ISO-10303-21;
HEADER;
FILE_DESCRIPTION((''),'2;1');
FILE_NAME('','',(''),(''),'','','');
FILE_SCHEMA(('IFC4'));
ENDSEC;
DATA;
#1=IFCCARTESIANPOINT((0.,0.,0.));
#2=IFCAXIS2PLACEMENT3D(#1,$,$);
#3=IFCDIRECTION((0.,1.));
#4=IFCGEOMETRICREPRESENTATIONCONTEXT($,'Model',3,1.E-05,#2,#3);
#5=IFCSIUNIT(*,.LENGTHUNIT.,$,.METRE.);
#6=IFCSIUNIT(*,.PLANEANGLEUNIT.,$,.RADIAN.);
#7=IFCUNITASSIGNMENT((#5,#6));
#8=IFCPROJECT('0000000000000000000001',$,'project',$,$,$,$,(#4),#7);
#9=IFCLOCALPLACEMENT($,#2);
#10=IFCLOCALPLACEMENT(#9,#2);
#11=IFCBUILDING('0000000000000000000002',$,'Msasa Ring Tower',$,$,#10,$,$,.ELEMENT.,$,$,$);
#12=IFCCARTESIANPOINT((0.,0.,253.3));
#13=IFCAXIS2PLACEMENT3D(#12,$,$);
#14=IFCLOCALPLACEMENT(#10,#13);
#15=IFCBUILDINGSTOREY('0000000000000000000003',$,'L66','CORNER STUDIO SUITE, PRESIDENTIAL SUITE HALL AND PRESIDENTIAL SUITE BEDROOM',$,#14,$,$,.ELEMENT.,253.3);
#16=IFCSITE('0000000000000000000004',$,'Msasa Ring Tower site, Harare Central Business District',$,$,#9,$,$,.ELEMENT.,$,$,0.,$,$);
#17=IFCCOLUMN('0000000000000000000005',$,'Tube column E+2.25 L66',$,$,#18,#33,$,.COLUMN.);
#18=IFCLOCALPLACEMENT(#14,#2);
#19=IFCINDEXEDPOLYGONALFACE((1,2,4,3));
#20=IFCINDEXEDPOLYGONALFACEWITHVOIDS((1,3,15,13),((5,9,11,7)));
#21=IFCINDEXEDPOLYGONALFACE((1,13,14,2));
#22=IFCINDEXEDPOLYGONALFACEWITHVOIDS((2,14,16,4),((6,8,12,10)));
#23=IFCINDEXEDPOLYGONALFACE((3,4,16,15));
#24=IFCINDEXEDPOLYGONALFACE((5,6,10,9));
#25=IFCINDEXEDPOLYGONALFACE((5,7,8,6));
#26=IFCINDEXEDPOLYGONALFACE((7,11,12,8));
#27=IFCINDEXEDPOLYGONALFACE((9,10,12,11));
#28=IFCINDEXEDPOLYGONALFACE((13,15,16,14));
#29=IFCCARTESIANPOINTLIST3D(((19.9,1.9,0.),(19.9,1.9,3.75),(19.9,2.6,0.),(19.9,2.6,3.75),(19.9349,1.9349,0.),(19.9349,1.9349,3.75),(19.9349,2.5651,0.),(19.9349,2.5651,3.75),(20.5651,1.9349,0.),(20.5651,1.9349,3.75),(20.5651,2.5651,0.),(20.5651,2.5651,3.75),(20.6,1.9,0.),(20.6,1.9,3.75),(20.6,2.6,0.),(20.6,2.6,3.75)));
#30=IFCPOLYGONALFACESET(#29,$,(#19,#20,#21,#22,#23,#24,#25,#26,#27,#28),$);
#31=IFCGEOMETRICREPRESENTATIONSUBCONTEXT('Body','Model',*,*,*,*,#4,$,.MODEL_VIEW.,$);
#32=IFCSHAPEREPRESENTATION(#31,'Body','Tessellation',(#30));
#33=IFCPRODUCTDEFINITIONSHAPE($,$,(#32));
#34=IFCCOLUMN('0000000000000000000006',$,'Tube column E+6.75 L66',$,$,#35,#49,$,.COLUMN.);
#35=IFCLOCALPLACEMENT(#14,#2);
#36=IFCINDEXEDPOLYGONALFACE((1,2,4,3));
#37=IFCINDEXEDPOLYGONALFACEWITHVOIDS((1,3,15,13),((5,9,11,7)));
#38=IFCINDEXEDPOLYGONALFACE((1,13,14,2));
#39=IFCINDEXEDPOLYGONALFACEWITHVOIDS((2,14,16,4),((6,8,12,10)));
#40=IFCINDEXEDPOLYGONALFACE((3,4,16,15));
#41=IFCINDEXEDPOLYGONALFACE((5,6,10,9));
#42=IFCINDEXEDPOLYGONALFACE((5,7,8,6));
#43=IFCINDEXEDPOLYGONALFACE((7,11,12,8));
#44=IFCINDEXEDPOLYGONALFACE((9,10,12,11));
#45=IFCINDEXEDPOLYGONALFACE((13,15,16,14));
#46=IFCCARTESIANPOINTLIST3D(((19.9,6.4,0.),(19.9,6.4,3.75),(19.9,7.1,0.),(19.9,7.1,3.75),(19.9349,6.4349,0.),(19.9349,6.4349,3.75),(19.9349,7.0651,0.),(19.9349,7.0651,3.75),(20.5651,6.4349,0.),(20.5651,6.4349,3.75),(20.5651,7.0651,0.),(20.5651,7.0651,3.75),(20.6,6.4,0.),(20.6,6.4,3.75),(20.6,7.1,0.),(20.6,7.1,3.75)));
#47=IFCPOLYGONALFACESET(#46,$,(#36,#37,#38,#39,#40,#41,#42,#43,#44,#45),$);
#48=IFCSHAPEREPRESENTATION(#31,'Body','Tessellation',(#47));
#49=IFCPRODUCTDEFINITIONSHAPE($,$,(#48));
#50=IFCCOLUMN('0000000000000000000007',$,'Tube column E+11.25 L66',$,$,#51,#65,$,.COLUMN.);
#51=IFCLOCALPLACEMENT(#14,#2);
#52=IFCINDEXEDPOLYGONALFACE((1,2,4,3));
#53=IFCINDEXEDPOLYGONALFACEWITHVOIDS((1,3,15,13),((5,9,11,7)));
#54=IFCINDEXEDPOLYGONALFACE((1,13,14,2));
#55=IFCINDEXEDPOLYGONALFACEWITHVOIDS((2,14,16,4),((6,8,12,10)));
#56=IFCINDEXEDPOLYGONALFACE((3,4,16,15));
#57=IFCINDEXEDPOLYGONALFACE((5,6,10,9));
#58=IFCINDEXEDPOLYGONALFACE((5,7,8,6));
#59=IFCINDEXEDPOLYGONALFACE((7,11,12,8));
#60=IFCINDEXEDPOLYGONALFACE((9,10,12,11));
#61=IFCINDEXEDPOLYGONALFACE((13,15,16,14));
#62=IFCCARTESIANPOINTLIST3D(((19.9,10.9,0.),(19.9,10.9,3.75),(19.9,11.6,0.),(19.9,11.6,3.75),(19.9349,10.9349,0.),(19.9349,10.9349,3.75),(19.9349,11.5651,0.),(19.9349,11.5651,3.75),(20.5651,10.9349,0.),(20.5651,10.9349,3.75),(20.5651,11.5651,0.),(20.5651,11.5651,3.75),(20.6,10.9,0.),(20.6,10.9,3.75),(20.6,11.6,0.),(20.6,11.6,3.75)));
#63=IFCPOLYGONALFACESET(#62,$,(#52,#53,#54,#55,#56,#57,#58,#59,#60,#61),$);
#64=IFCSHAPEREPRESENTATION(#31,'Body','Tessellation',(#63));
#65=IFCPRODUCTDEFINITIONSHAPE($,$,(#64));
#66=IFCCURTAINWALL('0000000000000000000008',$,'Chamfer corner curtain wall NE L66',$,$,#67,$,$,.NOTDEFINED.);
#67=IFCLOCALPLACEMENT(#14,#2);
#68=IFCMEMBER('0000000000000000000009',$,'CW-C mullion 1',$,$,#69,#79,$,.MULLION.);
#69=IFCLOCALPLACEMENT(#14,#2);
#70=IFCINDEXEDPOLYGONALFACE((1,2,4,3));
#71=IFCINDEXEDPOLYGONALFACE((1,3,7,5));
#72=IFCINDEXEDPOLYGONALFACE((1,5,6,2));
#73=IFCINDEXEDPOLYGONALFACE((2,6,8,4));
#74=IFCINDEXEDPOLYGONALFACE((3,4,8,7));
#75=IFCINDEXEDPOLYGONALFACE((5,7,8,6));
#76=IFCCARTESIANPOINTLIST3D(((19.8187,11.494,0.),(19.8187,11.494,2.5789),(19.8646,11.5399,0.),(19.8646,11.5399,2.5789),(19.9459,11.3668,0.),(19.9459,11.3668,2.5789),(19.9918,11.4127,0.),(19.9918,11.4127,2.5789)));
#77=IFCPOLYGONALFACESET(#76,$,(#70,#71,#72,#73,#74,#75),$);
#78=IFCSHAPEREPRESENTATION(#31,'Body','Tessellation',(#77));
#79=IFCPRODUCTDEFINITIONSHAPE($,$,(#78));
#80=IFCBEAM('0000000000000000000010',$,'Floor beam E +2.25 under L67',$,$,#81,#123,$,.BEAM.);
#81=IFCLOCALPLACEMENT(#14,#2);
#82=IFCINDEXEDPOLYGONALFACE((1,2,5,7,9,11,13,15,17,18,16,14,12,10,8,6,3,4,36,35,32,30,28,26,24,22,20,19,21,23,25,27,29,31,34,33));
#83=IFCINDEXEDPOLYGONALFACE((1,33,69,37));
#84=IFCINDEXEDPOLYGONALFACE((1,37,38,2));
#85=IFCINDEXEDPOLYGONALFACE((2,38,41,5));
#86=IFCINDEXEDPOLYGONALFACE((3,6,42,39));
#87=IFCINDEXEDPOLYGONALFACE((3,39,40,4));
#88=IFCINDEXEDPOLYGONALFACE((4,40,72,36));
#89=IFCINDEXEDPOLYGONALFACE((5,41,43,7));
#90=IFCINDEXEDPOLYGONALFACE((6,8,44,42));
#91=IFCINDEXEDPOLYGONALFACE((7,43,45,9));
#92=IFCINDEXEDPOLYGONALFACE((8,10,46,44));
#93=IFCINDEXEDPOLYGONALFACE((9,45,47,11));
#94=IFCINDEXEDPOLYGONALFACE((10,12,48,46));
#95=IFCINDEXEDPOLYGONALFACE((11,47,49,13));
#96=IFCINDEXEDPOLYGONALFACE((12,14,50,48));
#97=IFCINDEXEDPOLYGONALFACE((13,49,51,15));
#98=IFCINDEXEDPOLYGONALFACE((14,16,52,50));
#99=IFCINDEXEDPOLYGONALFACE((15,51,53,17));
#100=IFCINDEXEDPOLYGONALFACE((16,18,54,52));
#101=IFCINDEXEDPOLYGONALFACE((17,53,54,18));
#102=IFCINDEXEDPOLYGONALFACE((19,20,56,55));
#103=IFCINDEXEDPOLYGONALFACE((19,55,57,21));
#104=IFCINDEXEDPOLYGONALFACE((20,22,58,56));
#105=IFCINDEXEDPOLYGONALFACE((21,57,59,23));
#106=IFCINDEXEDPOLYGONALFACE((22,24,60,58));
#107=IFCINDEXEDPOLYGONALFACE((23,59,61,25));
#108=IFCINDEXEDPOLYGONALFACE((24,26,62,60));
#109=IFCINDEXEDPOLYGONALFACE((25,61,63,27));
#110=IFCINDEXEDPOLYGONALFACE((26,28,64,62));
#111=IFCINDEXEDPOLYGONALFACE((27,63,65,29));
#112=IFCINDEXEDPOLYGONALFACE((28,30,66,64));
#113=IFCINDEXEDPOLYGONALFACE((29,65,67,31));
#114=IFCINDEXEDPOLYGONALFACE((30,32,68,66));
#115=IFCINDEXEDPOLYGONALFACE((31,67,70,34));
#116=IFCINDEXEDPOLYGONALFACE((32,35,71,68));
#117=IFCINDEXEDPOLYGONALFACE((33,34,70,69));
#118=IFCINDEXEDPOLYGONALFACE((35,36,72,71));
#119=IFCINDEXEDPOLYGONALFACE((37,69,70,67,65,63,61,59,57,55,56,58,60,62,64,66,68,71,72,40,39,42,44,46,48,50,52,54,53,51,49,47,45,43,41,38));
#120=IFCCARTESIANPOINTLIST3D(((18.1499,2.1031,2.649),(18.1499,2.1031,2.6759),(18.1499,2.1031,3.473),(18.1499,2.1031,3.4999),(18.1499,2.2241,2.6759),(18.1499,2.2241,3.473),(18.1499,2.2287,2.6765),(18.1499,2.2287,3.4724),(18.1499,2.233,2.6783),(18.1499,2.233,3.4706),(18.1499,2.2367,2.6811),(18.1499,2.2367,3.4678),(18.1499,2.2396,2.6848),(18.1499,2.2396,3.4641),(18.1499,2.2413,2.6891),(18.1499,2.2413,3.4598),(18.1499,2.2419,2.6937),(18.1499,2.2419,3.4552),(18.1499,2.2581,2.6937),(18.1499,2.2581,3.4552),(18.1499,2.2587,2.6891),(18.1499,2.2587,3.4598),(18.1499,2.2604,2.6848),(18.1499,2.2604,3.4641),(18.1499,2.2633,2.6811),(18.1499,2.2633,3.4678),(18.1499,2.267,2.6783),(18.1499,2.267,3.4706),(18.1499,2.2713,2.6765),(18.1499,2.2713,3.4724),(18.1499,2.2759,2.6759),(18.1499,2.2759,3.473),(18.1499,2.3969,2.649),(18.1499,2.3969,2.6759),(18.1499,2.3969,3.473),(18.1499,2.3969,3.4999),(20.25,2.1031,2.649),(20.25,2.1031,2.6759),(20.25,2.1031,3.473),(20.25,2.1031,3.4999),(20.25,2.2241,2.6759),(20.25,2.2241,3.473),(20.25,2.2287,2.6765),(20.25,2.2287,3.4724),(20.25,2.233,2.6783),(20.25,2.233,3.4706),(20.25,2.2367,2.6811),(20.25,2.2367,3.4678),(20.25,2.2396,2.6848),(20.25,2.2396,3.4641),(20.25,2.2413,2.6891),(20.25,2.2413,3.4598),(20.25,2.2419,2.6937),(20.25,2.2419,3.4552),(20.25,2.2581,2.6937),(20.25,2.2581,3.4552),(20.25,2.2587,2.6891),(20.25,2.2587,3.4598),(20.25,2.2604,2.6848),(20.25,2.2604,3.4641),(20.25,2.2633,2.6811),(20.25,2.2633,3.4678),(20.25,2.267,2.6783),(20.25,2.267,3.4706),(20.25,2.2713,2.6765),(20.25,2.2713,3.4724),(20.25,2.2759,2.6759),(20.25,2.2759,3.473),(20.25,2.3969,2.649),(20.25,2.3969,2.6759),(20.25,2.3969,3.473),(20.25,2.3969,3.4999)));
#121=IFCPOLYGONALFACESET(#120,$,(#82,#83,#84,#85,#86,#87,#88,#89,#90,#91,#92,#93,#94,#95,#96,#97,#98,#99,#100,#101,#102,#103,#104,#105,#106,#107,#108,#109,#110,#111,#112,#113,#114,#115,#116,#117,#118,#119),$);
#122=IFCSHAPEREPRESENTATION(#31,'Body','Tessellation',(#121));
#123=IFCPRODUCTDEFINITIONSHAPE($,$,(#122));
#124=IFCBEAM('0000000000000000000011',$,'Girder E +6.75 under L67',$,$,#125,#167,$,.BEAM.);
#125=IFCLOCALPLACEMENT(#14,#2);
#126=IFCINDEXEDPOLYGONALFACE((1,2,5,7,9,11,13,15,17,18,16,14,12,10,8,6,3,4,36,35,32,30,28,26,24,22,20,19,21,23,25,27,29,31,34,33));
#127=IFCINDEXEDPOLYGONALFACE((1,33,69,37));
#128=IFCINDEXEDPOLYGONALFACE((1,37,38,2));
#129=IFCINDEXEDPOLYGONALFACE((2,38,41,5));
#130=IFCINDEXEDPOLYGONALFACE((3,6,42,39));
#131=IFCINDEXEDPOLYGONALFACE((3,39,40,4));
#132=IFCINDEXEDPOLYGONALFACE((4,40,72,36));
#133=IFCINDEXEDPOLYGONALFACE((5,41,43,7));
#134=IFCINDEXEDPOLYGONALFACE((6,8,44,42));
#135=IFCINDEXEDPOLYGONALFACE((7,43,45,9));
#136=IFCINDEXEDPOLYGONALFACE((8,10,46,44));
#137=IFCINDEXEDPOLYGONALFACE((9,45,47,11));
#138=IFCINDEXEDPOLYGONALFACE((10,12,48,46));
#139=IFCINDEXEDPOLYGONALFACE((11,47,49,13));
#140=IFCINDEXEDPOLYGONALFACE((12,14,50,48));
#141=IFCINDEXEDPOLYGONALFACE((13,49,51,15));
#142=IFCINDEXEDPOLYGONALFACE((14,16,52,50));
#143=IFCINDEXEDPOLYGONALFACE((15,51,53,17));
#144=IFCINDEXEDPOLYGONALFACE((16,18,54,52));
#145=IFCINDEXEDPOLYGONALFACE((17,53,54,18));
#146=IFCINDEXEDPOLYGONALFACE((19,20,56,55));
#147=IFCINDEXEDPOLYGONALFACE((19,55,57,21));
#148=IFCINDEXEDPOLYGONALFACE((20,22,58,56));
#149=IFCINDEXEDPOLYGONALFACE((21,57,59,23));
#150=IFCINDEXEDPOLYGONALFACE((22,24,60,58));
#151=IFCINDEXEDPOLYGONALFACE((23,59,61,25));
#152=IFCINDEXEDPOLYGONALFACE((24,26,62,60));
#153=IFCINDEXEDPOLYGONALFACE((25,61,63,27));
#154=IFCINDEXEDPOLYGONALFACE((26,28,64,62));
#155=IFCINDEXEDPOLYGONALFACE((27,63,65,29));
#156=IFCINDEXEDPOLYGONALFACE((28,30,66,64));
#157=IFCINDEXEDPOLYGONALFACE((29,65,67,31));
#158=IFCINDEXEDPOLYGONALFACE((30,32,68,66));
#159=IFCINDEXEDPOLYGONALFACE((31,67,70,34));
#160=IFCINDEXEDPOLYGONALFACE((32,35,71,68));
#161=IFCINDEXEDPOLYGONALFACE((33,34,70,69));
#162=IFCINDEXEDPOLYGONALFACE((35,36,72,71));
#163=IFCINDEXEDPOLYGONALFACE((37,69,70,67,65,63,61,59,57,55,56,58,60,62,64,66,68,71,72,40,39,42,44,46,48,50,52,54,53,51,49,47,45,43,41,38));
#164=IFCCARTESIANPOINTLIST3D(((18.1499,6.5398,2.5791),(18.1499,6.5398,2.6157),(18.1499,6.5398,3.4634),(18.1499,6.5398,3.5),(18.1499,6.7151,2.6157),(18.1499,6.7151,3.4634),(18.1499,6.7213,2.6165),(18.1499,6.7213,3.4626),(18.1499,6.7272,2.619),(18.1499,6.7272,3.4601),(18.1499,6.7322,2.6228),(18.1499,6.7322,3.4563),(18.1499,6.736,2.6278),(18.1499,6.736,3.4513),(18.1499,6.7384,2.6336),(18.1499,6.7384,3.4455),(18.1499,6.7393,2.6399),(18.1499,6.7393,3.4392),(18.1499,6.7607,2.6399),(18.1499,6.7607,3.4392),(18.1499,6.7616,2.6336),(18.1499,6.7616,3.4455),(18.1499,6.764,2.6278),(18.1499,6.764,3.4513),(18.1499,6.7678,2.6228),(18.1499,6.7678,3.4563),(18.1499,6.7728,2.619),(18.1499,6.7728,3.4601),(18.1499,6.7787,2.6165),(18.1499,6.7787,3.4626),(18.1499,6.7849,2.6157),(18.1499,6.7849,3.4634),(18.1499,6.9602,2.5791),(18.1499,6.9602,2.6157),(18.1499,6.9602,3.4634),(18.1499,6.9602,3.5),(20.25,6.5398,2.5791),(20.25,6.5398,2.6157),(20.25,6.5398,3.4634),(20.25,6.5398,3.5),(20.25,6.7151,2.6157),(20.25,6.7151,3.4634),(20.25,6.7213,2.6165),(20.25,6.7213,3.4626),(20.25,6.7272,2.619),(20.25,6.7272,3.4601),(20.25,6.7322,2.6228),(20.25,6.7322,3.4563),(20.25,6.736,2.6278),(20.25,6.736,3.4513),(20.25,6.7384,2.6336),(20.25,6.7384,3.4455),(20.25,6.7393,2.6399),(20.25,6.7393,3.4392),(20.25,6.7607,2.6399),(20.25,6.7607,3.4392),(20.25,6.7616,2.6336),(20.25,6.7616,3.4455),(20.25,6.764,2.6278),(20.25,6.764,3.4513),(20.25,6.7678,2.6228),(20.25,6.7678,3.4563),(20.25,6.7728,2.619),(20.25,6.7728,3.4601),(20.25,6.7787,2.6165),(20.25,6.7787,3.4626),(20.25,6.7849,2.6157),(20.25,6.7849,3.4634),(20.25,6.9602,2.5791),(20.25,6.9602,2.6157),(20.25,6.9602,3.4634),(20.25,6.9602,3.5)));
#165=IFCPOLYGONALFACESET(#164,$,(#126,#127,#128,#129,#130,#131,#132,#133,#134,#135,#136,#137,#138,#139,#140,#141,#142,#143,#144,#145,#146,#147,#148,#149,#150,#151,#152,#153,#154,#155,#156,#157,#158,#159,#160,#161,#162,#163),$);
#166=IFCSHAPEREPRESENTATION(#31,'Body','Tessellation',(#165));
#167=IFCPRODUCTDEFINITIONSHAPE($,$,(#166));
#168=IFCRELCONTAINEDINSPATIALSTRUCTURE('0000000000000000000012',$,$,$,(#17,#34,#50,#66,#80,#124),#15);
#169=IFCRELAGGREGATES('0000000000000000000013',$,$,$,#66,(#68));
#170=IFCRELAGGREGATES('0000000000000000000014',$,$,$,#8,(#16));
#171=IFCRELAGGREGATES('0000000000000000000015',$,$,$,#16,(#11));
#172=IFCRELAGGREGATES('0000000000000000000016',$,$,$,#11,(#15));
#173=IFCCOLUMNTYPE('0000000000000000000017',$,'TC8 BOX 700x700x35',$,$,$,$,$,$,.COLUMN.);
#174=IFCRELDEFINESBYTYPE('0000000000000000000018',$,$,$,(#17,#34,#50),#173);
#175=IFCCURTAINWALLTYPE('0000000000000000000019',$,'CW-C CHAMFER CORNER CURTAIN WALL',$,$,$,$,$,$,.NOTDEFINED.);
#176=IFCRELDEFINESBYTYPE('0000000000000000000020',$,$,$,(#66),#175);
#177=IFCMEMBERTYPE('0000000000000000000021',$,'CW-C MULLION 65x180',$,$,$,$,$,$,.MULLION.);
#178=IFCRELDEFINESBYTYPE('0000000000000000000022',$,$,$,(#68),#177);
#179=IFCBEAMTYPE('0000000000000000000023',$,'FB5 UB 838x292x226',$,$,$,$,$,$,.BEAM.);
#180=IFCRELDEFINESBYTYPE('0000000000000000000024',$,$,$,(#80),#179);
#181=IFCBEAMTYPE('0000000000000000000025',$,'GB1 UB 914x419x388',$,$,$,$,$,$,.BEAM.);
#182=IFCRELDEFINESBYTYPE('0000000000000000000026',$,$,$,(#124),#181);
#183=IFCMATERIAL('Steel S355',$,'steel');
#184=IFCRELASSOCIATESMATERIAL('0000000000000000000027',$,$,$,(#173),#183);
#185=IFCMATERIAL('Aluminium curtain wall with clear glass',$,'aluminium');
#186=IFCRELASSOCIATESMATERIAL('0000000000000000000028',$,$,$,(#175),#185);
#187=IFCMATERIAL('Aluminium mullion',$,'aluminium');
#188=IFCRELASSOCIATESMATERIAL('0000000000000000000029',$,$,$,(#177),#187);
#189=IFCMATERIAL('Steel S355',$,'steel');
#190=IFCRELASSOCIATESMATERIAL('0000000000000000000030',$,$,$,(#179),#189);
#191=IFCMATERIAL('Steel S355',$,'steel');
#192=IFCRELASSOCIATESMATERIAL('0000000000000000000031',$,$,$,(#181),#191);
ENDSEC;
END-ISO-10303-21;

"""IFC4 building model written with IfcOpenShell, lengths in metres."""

from ifc_helpers import new_model, si_unit, direction, frame, origin, origin_2d, place, context, subcontext, project, spatial, rectangle, hollow_rectangle, i_section, extrude, material, material_profile, profile_set, type_object, element, aggregate, save


model = new_model("IFC4")

# Units and contexts
model_context = context("Model", 3, precision=1e-05, world=origin(), true_north=direction((0.0, 1.0)))
body_context = subcontext(model_context, "Body", "Model", "MODEL_VIEW")
ifc_project = project(units=[si_unit("LENGTHUNIT", "METRE"), si_unit("PLANEANGLEUNIT", "RADIAN")], contexts=[model_context])

# Site, building, storey
site_placement = place(None, origin())
site = spatial("IfcSite", under=ifc_project, at=site_placement, Name="Msasa Ring Tower site, Harare Central Business District", CompositionType="ELEMENT", RefElevation=0.0)
building_placement = place(site_placement, origin())
building = spatial("IfcBuilding", under=site, at=building_placement, Name="Msasa Ring Tower", CompositionType="ELEMENT")
storey_placement = place(building_placement, frame((0.0, 0.0, 253.3)))
storey = spatial("IfcBuildingStorey", under=building, at=storey_placement, Name="L66", Description="CORNER STUDIO SUITE, PRESIDENTIAL SUITE HALL AND PRESIDENTIAL SUITE BEDROOM", CompositionType="ELEMENT", Elevation=253.3)

# Columns
ifc_material_1 = material(Name="Steel S355", Category="steel")
ifc_material_profile_1 = material_profile(ifc_material_1, hollow_rectangle(XDim=0.7, YDim=0.7, WallThickness=0.0349, at=origin_2d()), Name="BOX 700x700x35")
ifc_profile_set_1 = profile_set([ifc_material_profile_1], Name="Steel S355")
column_type = type_object("IfcColumnType", Name="TC8 BOX 700x700x35", PredefinedType="COLUMN", material=ifc_profile_set_1)
for number, where, z_axis, x_axis, name in (
    (1, (20.25, 2.25, 0.0), (0.0, 0.0, 1.0), (1.0, 0.0, 0.0), "Tube column E+2.25 L66"),
    (2, (20.25, 6.75, 0.0), (0.0, 0.0, 1.0), (1.0, 0.0, 0.0), "Tube column E+6.75 L66"),
    (3, (20.25, 11.25, 0.0), (0.0, 0.0, 1.0), (1.0, 0.0, 0.0), "Tube column E+11.25 L66"),
):
    element("IfcColumn", number, at=place(storey_placement, frame(where, z_axis=z_axis, x_axis=x_axis)), inside=storey, type_object=column_type, Name=name, PredefinedType="COLUMN", context=body_context, shape_type="SweptSolid", body=[
        extrude(hollow_rectangle(XDim=0.7, YDim=0.7, WallThickness=0.0349, at=origin_2d()), origin(), (0.0, 0.0, 1.0), 3.75),
    ])

# Curtain wall, member
ifc_material_2 = material(Name="Aluminium curtain wall with clear glass", Category="aluminium")
curtain_wall_type = type_object("IfcCurtainWallType", Name="CW-C CHAMFER CORNER CURTAIN WALL", PredefinedType="NOTDEFINED", material=ifc_material_2)
curtain_wall_placement = place(storey_placement, origin())
curtain_wall = element("IfcCurtainWall", 4, at=curtain_wall_placement, inside=storey, type_object=curtain_wall_type, Name="Chamfer corner curtain wall NE L66", PredefinedType="NOTDEFINED")
ifc_material_3 = material(Name="Aluminium mullion", Category="aluminium")
ifc_material_profile_2 = material_profile(ifc_material_3, rectangle(XDim=0.0649, YDim=0.1799, at=origin_2d()), Name="AL 65x180")
ifc_profile_set_2 = profile_set([ifc_material_profile_2], Name="Aluminium mullion")
member_type = type_object("IfcMemberType", Name="CW-C MULLION 65x180", PredefinedType="MULLION", material=ifc_profile_set_2)
member_placement = place(storey_placement, frame((19.9053, 11.4534, 0.0), z_axis=(0.0, 0.0, 1.0), x_axis=(-0.707107, -0.707107, 0.0)))
member = element("IfcMember", 5, at=member_placement, type_object=member_type, Name="CW-C mullion 1", PredefinedType="MULLION", context=body_context, shape_type="SweptSolid", body=[
    extrude(rectangle(XDim=0.0649, YDim=0.1799, at=origin_2d()), origin(), (0.0, 0.0, 1.0), 2.5789),
])
aggregate(curtain_wall, [member])

# Beams
ifc_material_4 = material(Name="Steel S355", Category="steel")
ifc_material_profile_3 = material_profile(ifc_material_4, i_section(OverallWidth=0.2937, OverallDepth=0.8508, WebThickness=0.0161, FlangeThickness=0.0269, FilletRadius=0.0178, at=origin_2d()), Name="UB 838x292x226")
ifc_profile_set_3 = profile_set([ifc_material_profile_3], Name="Steel S355")
beam_type_1 = type_object("IfcBeamType", Name="FB5 UB 838x292x226", PredefinedType="BEAM", material=ifc_profile_set_3)
beam_1_placement = place(storey_placement, frame((20.25, 2.25, 3.0745), z_axis=(-1.0, 0.0, 0.0), x_axis=(0.0, -1.0, 0.0)))
element("IfcBeam", 6, at=beam_1_placement, inside=storey, type_object=beam_type_1, Name="Floor beam E +2.25 under L67", PredefinedType="BEAM", context=body_context, shape_type="SweptSolid", body=[
    extrude(i_section(OverallWidth=0.2937, OverallDepth=0.8508, WebThickness=0.0161, FlangeThickness=0.0269, FilletRadius=0.0178, at=origin_2d()), origin(), (0.0, 0.0, 1.0), 2.1001),
])
ifc_material_5 = material(Name="Steel S355", Category="steel")
ifc_material_profile_4 = material_profile(ifc_material_5, i_section(OverallWidth=0.4204, OverallDepth=0.9209, WebThickness=0.0215, FlangeThickness=0.0366, FilletRadius=0.0242, at=origin_2d()), Name="UB 914x419x388")
ifc_profile_set_4 = profile_set([ifc_material_profile_4], Name="Steel S355")
beam_type_2 = type_object("IfcBeamType", Name="GB1 UB 914x419x388", PredefinedType="BEAM", material=ifc_profile_set_4)
beam_2_placement = place(storey_placement, frame((18.1499, 6.75, 3.0396), z_axis=(1.0, 0.0, 0.0), x_axis=(0.0, 1.0, 0.0)))
element("IfcBeam", 7, at=beam_2_placement, inside=storey, type_object=beam_type_2, Name="Girder E +6.75 under L67", PredefinedType="BEAM", context=body_context, shape_type="SweptSolid", body=[
    extrude(i_section(OverallWidth=0.4204, OverallDepth=0.9209, WebThickness=0.0215, FlangeThickness=0.0366, FilletRadius=0.0242, at=origin_2d()), origin(), (0.0, 0.0, 1.0), 2.1001),
])

save(model, "model.ifc")
